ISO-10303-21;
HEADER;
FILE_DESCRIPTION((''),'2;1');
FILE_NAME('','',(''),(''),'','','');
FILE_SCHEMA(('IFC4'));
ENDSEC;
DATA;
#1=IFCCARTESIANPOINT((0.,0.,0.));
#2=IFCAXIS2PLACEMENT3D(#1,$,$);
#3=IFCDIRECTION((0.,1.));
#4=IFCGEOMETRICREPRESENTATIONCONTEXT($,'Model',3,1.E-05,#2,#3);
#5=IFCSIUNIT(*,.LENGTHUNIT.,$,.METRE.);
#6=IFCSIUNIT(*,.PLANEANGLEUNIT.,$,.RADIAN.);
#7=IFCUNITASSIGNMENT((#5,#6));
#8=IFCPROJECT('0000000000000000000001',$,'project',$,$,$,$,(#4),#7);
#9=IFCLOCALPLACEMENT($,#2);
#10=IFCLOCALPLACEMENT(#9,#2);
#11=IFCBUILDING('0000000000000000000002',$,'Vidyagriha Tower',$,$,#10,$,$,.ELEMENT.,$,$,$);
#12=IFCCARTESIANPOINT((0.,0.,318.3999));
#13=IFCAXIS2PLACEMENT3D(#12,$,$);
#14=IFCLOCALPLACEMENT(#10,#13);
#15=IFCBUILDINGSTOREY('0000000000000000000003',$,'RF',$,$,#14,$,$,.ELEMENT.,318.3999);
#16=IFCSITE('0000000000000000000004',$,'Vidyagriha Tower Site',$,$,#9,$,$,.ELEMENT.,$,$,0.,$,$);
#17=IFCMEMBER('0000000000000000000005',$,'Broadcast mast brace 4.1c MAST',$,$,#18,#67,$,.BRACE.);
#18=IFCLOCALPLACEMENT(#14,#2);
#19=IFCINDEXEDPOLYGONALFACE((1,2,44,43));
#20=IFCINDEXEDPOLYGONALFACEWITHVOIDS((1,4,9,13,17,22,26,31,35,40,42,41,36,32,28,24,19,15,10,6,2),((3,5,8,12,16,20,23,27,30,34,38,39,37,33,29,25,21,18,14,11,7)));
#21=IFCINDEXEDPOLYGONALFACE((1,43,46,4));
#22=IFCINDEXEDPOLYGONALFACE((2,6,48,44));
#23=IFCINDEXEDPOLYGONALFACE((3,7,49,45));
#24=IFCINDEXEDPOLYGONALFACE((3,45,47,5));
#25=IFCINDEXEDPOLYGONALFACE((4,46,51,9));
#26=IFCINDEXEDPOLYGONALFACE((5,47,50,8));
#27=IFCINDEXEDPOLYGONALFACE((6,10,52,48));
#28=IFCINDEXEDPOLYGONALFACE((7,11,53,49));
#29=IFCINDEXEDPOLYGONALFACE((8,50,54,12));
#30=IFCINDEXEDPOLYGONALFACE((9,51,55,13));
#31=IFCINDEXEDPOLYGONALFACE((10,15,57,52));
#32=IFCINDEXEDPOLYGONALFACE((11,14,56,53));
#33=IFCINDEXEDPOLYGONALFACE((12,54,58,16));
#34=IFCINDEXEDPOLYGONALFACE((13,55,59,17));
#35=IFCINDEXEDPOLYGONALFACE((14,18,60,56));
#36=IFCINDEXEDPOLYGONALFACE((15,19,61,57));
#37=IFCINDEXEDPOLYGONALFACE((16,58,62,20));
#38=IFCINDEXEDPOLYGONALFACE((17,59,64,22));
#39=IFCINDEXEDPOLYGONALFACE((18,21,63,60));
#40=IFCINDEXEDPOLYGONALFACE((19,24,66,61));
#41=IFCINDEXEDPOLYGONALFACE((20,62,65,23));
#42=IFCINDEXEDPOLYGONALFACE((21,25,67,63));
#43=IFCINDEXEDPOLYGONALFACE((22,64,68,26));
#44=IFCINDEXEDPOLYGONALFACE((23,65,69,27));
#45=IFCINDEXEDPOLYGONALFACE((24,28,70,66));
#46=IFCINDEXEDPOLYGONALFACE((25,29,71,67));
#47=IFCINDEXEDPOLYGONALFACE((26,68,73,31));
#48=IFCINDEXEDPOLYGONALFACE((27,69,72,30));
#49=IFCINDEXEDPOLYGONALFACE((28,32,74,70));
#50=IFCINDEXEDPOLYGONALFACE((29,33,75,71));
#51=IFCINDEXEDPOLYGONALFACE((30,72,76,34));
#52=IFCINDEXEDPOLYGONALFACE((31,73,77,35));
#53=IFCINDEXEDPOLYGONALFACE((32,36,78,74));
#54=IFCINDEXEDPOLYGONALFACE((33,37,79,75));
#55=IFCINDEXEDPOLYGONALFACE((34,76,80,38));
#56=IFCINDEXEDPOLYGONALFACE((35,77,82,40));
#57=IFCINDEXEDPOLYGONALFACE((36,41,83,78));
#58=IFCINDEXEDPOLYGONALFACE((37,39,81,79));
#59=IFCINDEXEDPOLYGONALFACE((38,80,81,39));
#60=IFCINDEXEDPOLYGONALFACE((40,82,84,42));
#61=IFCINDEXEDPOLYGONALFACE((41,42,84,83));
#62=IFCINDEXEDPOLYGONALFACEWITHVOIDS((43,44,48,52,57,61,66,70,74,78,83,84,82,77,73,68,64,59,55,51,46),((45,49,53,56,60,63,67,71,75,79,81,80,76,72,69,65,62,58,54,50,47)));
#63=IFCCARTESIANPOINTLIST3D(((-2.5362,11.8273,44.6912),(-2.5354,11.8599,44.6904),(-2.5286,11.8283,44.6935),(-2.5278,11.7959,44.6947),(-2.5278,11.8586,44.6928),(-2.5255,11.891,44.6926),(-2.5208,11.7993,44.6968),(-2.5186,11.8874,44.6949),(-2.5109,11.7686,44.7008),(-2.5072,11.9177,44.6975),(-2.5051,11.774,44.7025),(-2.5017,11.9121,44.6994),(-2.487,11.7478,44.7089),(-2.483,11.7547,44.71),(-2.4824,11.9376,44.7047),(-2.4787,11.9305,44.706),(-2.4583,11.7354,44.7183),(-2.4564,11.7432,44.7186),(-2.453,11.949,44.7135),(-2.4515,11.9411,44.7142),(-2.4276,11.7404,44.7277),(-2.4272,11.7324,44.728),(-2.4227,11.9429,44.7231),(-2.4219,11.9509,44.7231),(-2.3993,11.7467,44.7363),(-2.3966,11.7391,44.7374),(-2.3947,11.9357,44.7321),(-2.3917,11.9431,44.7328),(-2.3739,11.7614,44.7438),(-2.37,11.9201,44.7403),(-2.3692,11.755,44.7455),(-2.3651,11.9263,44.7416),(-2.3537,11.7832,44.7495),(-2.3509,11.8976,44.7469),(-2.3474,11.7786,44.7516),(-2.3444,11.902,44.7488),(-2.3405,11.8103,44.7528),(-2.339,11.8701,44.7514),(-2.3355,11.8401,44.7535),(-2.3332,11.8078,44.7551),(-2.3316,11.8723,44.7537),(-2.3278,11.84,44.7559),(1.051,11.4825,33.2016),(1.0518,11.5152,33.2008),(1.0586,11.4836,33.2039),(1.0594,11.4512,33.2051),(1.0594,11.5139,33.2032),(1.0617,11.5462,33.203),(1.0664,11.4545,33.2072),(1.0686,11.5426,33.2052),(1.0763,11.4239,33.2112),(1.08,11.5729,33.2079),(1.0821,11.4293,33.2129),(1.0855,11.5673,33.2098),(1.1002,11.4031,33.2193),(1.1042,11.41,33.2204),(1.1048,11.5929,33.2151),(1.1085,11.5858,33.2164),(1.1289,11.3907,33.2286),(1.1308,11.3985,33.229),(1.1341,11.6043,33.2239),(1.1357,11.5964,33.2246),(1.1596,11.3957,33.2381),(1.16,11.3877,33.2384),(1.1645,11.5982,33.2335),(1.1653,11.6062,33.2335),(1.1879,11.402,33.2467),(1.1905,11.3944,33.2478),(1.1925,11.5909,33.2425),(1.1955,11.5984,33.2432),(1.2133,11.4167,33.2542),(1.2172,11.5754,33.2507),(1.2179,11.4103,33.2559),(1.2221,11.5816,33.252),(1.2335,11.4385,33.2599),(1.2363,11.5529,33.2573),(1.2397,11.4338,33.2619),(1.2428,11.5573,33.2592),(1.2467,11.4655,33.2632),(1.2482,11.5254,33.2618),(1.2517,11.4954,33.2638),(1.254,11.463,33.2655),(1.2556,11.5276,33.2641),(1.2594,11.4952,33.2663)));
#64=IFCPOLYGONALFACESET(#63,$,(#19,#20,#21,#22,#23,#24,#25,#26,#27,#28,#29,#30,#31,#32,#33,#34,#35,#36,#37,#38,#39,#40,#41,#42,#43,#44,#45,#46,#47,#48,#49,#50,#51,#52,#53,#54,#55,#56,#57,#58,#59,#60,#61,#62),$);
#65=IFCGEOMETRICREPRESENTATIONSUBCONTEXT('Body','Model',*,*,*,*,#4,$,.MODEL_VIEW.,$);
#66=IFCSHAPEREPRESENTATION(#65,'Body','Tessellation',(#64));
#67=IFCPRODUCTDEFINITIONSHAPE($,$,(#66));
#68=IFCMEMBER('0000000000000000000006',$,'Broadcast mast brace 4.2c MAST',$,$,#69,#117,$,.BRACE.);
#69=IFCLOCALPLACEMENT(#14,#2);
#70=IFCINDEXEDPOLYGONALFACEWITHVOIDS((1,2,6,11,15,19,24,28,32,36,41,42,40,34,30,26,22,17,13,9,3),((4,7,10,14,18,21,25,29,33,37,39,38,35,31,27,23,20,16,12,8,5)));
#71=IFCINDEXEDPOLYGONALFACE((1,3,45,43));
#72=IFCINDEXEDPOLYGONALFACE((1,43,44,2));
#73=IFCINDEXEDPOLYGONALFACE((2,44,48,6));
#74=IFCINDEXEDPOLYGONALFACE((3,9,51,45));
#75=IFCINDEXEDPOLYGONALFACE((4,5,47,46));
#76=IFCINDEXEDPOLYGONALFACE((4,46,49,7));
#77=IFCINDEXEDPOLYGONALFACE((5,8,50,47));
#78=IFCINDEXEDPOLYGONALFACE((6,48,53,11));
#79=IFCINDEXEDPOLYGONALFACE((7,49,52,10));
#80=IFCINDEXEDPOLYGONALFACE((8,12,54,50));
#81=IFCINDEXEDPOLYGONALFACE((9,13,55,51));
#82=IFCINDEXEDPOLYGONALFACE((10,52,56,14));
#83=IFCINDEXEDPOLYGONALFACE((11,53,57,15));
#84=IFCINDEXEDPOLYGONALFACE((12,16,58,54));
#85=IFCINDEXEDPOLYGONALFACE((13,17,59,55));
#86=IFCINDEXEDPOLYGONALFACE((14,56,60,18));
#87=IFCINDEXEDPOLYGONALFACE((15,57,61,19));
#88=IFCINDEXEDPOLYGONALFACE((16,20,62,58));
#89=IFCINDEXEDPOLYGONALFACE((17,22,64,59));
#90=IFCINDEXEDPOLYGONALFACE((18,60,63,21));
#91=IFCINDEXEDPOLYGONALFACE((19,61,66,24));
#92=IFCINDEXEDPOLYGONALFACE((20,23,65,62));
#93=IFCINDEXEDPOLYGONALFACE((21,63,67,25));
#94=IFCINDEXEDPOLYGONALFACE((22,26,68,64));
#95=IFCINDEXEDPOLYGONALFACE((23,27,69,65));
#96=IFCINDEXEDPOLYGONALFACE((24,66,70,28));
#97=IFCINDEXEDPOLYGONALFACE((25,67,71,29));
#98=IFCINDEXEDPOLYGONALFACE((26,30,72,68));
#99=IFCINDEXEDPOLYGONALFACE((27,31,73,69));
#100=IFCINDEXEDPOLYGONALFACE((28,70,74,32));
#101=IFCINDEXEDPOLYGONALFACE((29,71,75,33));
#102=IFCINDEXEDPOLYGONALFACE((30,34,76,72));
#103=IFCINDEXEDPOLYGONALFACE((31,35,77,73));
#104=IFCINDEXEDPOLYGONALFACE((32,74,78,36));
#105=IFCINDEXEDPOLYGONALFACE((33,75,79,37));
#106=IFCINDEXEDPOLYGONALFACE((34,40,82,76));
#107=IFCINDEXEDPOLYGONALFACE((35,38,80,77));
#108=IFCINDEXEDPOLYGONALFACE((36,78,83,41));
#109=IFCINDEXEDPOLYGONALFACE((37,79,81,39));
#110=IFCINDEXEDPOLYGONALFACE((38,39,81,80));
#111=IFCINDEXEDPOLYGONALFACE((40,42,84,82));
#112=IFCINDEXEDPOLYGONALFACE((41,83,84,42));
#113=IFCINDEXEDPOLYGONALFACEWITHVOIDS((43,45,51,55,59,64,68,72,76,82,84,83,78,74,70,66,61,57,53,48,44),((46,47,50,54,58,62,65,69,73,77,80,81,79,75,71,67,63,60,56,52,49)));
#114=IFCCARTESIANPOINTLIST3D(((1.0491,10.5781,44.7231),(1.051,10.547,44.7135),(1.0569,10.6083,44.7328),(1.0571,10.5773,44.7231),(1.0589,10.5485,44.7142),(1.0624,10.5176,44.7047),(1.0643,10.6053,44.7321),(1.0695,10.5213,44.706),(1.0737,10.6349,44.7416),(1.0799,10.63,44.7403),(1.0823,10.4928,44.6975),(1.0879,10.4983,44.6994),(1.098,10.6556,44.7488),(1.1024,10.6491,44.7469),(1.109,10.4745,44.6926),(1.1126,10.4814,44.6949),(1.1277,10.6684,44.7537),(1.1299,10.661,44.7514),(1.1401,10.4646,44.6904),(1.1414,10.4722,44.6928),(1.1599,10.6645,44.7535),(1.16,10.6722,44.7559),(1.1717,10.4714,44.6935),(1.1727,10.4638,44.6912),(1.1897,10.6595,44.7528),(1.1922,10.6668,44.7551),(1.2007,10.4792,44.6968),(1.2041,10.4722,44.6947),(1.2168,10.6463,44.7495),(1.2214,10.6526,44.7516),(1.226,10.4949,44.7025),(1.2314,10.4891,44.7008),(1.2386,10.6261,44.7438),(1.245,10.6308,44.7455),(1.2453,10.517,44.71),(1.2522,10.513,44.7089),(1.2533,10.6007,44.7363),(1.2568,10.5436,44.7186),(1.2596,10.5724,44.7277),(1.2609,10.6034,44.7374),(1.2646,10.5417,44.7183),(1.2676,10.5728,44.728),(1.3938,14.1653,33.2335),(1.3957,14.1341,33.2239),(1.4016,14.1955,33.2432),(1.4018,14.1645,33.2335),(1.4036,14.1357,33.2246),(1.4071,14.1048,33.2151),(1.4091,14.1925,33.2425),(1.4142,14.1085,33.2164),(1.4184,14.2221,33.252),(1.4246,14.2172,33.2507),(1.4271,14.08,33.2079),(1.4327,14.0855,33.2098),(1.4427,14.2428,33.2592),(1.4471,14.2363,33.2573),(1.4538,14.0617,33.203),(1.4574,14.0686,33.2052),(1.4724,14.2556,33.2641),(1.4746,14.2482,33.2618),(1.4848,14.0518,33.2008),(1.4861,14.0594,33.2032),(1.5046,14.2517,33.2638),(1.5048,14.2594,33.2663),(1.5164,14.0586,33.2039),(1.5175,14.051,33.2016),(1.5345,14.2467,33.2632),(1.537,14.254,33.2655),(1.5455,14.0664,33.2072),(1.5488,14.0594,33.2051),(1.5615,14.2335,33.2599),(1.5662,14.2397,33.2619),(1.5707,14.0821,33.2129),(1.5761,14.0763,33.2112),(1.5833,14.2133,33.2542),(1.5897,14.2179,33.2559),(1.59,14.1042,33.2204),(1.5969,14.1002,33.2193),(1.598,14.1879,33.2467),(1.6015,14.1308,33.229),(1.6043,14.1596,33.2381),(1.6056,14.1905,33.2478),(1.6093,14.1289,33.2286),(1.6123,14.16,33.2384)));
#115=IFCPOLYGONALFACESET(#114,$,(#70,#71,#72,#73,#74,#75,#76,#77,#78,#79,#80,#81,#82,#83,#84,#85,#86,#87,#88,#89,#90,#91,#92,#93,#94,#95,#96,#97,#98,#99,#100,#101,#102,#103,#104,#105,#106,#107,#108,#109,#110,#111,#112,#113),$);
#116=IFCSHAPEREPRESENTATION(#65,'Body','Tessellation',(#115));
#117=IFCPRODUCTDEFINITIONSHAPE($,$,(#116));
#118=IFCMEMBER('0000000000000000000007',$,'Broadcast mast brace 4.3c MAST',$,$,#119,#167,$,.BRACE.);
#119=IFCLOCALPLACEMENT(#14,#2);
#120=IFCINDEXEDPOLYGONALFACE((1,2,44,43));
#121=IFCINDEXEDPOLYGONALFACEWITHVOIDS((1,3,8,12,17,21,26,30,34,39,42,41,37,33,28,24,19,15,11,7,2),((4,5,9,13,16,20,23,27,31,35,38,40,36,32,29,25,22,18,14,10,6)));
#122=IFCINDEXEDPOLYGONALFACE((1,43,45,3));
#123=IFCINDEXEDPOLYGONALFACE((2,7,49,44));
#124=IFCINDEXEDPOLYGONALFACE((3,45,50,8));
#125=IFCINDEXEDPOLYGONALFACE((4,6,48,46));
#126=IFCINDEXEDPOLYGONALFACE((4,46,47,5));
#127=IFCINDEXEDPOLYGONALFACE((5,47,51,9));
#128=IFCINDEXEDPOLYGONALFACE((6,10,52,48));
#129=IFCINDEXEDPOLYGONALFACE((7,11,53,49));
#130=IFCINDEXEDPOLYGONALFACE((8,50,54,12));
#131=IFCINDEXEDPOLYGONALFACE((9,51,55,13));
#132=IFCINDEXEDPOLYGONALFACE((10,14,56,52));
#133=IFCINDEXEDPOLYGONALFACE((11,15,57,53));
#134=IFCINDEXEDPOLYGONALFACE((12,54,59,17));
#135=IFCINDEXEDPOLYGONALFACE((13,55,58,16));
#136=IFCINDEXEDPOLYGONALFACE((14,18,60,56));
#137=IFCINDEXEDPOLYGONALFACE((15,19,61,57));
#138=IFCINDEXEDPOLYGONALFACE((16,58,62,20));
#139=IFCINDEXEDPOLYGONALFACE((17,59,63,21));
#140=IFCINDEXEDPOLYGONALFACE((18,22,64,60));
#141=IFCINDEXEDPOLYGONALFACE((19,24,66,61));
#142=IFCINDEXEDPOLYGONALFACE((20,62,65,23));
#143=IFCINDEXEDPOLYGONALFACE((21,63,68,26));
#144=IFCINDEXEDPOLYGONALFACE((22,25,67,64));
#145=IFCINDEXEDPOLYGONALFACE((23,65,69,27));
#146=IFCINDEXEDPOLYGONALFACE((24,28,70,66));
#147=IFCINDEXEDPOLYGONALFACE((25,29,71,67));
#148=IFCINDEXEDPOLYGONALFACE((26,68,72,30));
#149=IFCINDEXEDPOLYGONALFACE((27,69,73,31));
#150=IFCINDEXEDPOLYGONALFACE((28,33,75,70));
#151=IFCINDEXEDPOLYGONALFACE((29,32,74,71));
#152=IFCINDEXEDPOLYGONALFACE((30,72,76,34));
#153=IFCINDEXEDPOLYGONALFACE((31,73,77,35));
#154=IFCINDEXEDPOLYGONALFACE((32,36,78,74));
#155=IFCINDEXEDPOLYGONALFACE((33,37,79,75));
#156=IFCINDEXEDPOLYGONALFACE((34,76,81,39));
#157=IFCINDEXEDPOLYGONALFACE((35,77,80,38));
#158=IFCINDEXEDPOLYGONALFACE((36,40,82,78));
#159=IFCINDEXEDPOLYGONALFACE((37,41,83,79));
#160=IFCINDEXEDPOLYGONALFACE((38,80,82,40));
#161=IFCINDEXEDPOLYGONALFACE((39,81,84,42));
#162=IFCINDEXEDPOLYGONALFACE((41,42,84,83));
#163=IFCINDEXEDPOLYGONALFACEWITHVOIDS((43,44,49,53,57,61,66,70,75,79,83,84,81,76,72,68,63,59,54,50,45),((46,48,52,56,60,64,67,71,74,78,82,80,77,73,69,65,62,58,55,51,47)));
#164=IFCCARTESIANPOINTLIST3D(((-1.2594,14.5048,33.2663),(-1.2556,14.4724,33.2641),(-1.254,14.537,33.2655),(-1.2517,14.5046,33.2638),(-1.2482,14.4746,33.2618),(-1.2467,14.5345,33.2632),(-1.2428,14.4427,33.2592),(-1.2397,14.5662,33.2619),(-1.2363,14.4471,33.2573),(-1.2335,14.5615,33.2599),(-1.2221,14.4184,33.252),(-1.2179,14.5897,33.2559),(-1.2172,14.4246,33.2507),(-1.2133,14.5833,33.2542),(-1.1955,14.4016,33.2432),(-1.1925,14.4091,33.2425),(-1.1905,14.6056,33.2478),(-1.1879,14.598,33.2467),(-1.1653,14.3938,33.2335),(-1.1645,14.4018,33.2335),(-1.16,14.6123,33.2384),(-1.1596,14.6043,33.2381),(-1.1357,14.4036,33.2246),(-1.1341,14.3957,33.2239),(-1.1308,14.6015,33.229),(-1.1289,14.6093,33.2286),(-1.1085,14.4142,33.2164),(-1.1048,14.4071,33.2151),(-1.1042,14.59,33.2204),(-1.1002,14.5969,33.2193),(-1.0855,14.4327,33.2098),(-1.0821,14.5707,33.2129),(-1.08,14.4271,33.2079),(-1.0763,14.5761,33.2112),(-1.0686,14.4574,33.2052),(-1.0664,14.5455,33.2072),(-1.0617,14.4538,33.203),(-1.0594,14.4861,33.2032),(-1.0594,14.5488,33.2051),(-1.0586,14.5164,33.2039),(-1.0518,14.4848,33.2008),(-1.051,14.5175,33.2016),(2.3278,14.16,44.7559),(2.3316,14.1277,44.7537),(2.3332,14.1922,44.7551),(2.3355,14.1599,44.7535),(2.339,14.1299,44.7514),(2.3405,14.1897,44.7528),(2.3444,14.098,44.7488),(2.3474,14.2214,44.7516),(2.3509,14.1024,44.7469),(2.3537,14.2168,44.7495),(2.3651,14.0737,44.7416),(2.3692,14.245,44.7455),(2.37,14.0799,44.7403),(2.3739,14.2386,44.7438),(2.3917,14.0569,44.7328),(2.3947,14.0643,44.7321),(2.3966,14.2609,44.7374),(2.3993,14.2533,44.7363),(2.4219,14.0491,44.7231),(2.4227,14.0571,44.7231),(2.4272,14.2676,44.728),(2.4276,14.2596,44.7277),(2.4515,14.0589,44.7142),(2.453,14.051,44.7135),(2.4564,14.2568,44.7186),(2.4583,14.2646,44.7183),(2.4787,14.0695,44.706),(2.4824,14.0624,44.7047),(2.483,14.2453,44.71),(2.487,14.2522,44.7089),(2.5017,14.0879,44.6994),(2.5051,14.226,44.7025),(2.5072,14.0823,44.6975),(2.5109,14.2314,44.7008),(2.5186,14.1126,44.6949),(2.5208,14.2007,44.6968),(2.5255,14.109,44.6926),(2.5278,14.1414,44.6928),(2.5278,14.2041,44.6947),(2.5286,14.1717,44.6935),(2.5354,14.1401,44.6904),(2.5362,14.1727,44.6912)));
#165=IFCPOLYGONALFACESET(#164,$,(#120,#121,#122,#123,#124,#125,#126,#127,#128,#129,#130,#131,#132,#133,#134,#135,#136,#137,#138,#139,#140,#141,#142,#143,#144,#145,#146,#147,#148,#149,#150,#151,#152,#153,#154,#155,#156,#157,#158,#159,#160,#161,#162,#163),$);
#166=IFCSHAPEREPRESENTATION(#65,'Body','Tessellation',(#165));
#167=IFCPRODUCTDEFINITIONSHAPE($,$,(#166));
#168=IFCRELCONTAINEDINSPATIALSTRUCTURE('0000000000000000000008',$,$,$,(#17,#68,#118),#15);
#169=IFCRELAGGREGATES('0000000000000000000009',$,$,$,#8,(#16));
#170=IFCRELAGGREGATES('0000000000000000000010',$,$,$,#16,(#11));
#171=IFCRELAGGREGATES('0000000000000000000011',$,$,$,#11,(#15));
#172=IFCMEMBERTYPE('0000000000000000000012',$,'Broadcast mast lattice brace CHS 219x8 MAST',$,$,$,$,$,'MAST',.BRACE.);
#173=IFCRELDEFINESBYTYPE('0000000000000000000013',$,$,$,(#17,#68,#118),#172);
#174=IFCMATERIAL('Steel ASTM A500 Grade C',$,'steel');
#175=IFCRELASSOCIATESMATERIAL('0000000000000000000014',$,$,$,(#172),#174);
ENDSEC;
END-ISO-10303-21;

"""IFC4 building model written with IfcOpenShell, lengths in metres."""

from ifc_helpers import new_model, si_unit, direction, frame, origin, origin_2d, place, context, subcontext, project, spatial, hollow_circle, extrude, material, material_profile, profile_set, type_object, element, save


model = new_model("IFC4")

# Units and contexts
model_context = context("Model", 3, precision=1e-05, world=origin(), true_north=direction((0.0, 1.0)))
body_context = subcontext(model_context, "Body", "Model", "MODEL_VIEW")
ifc_project = project(units=[si_unit("LENGTHUNIT", "METRE"), si_unit("PLANEANGLEUNIT", "RADIAN")], contexts=[model_context])

# Site, building, storey
site_placement = place(None, origin())
site = spatial("IfcSite", under=ifc_project, at=site_placement, Name="Vidyagriha Tower Site", CompositionType="ELEMENT", RefElevation=0.0)
building_placement = place(site_placement, origin())
building = spatial("IfcBuilding", under=site, at=building_placement, Name="Vidyagriha Tower", CompositionType="ELEMENT")
storey_placement = place(building_placement, frame((0.0, 0.0, 318.3999)))
storey = spatial("IfcBuildingStorey", under=building, at=storey_placement, Name="RF", CompositionType="ELEMENT", Elevation=318.3999)

# Members
ifc_material_1 = material(Name="Steel ASTM A500 Grade C", Category="steel")
ifc_material_profile_1 = material_profile(ifc_material_1, hollow_circle(Radius=0.1096, WallThickness=0.0081, at=origin_2d()), Name="Broadcast mast lattice brace CHS 219x8 MAST")
ifc_profile_set_1 = profile_set([ifc_material_profile_1], Name="Steel ASTM A500 Grade C")
member_type_1 = type_object("IfcMemberType", Name="Broadcast mast lattice brace CHS 219x8 MAST", ElementType="MAST", PredefinedType="BRACE", material=ifc_profile_set_1)
for number, where, z_axis, x_axis, name in (
    (1, (-2.4324, 11.8418, 44.7231), (0.297902, -0.028628, -0.954167), (0.095659, 0.995414, 0.0), "Broadcast mast brace 4.1c MAST"),
    (2, (1.1582, 10.5676, 44.7231), (0.028628, 0.297902, -0.954167), (-0.995414, 0.095659, 0.0), "Broadcast mast brace 4.2c MAST"),
    (3, (2.4324, 14.1582, 44.7231), (-0.297902, 0.028628, -0.954167), (-0.095659, -0.995414, 0.0), "Broadcast mast brace 4.3c MAST"),
):
    element("IfcMember", number, at=place(storey_placement, frame(where, z_axis=z_axis, x_axis=x_axis)), inside=storey, type_object=member_type_1, Name=name, PredefinedType="BRACE", context=body_context, shape_type="SweptSolid", body=[
        extrude(hollow_circle(Radius=0.1096, WallThickness=0.0081, at=origin_2d()), origin(), (0.0, 0.0, 1.0), 12.0415),
    ])

save(model, "model.ifc")
